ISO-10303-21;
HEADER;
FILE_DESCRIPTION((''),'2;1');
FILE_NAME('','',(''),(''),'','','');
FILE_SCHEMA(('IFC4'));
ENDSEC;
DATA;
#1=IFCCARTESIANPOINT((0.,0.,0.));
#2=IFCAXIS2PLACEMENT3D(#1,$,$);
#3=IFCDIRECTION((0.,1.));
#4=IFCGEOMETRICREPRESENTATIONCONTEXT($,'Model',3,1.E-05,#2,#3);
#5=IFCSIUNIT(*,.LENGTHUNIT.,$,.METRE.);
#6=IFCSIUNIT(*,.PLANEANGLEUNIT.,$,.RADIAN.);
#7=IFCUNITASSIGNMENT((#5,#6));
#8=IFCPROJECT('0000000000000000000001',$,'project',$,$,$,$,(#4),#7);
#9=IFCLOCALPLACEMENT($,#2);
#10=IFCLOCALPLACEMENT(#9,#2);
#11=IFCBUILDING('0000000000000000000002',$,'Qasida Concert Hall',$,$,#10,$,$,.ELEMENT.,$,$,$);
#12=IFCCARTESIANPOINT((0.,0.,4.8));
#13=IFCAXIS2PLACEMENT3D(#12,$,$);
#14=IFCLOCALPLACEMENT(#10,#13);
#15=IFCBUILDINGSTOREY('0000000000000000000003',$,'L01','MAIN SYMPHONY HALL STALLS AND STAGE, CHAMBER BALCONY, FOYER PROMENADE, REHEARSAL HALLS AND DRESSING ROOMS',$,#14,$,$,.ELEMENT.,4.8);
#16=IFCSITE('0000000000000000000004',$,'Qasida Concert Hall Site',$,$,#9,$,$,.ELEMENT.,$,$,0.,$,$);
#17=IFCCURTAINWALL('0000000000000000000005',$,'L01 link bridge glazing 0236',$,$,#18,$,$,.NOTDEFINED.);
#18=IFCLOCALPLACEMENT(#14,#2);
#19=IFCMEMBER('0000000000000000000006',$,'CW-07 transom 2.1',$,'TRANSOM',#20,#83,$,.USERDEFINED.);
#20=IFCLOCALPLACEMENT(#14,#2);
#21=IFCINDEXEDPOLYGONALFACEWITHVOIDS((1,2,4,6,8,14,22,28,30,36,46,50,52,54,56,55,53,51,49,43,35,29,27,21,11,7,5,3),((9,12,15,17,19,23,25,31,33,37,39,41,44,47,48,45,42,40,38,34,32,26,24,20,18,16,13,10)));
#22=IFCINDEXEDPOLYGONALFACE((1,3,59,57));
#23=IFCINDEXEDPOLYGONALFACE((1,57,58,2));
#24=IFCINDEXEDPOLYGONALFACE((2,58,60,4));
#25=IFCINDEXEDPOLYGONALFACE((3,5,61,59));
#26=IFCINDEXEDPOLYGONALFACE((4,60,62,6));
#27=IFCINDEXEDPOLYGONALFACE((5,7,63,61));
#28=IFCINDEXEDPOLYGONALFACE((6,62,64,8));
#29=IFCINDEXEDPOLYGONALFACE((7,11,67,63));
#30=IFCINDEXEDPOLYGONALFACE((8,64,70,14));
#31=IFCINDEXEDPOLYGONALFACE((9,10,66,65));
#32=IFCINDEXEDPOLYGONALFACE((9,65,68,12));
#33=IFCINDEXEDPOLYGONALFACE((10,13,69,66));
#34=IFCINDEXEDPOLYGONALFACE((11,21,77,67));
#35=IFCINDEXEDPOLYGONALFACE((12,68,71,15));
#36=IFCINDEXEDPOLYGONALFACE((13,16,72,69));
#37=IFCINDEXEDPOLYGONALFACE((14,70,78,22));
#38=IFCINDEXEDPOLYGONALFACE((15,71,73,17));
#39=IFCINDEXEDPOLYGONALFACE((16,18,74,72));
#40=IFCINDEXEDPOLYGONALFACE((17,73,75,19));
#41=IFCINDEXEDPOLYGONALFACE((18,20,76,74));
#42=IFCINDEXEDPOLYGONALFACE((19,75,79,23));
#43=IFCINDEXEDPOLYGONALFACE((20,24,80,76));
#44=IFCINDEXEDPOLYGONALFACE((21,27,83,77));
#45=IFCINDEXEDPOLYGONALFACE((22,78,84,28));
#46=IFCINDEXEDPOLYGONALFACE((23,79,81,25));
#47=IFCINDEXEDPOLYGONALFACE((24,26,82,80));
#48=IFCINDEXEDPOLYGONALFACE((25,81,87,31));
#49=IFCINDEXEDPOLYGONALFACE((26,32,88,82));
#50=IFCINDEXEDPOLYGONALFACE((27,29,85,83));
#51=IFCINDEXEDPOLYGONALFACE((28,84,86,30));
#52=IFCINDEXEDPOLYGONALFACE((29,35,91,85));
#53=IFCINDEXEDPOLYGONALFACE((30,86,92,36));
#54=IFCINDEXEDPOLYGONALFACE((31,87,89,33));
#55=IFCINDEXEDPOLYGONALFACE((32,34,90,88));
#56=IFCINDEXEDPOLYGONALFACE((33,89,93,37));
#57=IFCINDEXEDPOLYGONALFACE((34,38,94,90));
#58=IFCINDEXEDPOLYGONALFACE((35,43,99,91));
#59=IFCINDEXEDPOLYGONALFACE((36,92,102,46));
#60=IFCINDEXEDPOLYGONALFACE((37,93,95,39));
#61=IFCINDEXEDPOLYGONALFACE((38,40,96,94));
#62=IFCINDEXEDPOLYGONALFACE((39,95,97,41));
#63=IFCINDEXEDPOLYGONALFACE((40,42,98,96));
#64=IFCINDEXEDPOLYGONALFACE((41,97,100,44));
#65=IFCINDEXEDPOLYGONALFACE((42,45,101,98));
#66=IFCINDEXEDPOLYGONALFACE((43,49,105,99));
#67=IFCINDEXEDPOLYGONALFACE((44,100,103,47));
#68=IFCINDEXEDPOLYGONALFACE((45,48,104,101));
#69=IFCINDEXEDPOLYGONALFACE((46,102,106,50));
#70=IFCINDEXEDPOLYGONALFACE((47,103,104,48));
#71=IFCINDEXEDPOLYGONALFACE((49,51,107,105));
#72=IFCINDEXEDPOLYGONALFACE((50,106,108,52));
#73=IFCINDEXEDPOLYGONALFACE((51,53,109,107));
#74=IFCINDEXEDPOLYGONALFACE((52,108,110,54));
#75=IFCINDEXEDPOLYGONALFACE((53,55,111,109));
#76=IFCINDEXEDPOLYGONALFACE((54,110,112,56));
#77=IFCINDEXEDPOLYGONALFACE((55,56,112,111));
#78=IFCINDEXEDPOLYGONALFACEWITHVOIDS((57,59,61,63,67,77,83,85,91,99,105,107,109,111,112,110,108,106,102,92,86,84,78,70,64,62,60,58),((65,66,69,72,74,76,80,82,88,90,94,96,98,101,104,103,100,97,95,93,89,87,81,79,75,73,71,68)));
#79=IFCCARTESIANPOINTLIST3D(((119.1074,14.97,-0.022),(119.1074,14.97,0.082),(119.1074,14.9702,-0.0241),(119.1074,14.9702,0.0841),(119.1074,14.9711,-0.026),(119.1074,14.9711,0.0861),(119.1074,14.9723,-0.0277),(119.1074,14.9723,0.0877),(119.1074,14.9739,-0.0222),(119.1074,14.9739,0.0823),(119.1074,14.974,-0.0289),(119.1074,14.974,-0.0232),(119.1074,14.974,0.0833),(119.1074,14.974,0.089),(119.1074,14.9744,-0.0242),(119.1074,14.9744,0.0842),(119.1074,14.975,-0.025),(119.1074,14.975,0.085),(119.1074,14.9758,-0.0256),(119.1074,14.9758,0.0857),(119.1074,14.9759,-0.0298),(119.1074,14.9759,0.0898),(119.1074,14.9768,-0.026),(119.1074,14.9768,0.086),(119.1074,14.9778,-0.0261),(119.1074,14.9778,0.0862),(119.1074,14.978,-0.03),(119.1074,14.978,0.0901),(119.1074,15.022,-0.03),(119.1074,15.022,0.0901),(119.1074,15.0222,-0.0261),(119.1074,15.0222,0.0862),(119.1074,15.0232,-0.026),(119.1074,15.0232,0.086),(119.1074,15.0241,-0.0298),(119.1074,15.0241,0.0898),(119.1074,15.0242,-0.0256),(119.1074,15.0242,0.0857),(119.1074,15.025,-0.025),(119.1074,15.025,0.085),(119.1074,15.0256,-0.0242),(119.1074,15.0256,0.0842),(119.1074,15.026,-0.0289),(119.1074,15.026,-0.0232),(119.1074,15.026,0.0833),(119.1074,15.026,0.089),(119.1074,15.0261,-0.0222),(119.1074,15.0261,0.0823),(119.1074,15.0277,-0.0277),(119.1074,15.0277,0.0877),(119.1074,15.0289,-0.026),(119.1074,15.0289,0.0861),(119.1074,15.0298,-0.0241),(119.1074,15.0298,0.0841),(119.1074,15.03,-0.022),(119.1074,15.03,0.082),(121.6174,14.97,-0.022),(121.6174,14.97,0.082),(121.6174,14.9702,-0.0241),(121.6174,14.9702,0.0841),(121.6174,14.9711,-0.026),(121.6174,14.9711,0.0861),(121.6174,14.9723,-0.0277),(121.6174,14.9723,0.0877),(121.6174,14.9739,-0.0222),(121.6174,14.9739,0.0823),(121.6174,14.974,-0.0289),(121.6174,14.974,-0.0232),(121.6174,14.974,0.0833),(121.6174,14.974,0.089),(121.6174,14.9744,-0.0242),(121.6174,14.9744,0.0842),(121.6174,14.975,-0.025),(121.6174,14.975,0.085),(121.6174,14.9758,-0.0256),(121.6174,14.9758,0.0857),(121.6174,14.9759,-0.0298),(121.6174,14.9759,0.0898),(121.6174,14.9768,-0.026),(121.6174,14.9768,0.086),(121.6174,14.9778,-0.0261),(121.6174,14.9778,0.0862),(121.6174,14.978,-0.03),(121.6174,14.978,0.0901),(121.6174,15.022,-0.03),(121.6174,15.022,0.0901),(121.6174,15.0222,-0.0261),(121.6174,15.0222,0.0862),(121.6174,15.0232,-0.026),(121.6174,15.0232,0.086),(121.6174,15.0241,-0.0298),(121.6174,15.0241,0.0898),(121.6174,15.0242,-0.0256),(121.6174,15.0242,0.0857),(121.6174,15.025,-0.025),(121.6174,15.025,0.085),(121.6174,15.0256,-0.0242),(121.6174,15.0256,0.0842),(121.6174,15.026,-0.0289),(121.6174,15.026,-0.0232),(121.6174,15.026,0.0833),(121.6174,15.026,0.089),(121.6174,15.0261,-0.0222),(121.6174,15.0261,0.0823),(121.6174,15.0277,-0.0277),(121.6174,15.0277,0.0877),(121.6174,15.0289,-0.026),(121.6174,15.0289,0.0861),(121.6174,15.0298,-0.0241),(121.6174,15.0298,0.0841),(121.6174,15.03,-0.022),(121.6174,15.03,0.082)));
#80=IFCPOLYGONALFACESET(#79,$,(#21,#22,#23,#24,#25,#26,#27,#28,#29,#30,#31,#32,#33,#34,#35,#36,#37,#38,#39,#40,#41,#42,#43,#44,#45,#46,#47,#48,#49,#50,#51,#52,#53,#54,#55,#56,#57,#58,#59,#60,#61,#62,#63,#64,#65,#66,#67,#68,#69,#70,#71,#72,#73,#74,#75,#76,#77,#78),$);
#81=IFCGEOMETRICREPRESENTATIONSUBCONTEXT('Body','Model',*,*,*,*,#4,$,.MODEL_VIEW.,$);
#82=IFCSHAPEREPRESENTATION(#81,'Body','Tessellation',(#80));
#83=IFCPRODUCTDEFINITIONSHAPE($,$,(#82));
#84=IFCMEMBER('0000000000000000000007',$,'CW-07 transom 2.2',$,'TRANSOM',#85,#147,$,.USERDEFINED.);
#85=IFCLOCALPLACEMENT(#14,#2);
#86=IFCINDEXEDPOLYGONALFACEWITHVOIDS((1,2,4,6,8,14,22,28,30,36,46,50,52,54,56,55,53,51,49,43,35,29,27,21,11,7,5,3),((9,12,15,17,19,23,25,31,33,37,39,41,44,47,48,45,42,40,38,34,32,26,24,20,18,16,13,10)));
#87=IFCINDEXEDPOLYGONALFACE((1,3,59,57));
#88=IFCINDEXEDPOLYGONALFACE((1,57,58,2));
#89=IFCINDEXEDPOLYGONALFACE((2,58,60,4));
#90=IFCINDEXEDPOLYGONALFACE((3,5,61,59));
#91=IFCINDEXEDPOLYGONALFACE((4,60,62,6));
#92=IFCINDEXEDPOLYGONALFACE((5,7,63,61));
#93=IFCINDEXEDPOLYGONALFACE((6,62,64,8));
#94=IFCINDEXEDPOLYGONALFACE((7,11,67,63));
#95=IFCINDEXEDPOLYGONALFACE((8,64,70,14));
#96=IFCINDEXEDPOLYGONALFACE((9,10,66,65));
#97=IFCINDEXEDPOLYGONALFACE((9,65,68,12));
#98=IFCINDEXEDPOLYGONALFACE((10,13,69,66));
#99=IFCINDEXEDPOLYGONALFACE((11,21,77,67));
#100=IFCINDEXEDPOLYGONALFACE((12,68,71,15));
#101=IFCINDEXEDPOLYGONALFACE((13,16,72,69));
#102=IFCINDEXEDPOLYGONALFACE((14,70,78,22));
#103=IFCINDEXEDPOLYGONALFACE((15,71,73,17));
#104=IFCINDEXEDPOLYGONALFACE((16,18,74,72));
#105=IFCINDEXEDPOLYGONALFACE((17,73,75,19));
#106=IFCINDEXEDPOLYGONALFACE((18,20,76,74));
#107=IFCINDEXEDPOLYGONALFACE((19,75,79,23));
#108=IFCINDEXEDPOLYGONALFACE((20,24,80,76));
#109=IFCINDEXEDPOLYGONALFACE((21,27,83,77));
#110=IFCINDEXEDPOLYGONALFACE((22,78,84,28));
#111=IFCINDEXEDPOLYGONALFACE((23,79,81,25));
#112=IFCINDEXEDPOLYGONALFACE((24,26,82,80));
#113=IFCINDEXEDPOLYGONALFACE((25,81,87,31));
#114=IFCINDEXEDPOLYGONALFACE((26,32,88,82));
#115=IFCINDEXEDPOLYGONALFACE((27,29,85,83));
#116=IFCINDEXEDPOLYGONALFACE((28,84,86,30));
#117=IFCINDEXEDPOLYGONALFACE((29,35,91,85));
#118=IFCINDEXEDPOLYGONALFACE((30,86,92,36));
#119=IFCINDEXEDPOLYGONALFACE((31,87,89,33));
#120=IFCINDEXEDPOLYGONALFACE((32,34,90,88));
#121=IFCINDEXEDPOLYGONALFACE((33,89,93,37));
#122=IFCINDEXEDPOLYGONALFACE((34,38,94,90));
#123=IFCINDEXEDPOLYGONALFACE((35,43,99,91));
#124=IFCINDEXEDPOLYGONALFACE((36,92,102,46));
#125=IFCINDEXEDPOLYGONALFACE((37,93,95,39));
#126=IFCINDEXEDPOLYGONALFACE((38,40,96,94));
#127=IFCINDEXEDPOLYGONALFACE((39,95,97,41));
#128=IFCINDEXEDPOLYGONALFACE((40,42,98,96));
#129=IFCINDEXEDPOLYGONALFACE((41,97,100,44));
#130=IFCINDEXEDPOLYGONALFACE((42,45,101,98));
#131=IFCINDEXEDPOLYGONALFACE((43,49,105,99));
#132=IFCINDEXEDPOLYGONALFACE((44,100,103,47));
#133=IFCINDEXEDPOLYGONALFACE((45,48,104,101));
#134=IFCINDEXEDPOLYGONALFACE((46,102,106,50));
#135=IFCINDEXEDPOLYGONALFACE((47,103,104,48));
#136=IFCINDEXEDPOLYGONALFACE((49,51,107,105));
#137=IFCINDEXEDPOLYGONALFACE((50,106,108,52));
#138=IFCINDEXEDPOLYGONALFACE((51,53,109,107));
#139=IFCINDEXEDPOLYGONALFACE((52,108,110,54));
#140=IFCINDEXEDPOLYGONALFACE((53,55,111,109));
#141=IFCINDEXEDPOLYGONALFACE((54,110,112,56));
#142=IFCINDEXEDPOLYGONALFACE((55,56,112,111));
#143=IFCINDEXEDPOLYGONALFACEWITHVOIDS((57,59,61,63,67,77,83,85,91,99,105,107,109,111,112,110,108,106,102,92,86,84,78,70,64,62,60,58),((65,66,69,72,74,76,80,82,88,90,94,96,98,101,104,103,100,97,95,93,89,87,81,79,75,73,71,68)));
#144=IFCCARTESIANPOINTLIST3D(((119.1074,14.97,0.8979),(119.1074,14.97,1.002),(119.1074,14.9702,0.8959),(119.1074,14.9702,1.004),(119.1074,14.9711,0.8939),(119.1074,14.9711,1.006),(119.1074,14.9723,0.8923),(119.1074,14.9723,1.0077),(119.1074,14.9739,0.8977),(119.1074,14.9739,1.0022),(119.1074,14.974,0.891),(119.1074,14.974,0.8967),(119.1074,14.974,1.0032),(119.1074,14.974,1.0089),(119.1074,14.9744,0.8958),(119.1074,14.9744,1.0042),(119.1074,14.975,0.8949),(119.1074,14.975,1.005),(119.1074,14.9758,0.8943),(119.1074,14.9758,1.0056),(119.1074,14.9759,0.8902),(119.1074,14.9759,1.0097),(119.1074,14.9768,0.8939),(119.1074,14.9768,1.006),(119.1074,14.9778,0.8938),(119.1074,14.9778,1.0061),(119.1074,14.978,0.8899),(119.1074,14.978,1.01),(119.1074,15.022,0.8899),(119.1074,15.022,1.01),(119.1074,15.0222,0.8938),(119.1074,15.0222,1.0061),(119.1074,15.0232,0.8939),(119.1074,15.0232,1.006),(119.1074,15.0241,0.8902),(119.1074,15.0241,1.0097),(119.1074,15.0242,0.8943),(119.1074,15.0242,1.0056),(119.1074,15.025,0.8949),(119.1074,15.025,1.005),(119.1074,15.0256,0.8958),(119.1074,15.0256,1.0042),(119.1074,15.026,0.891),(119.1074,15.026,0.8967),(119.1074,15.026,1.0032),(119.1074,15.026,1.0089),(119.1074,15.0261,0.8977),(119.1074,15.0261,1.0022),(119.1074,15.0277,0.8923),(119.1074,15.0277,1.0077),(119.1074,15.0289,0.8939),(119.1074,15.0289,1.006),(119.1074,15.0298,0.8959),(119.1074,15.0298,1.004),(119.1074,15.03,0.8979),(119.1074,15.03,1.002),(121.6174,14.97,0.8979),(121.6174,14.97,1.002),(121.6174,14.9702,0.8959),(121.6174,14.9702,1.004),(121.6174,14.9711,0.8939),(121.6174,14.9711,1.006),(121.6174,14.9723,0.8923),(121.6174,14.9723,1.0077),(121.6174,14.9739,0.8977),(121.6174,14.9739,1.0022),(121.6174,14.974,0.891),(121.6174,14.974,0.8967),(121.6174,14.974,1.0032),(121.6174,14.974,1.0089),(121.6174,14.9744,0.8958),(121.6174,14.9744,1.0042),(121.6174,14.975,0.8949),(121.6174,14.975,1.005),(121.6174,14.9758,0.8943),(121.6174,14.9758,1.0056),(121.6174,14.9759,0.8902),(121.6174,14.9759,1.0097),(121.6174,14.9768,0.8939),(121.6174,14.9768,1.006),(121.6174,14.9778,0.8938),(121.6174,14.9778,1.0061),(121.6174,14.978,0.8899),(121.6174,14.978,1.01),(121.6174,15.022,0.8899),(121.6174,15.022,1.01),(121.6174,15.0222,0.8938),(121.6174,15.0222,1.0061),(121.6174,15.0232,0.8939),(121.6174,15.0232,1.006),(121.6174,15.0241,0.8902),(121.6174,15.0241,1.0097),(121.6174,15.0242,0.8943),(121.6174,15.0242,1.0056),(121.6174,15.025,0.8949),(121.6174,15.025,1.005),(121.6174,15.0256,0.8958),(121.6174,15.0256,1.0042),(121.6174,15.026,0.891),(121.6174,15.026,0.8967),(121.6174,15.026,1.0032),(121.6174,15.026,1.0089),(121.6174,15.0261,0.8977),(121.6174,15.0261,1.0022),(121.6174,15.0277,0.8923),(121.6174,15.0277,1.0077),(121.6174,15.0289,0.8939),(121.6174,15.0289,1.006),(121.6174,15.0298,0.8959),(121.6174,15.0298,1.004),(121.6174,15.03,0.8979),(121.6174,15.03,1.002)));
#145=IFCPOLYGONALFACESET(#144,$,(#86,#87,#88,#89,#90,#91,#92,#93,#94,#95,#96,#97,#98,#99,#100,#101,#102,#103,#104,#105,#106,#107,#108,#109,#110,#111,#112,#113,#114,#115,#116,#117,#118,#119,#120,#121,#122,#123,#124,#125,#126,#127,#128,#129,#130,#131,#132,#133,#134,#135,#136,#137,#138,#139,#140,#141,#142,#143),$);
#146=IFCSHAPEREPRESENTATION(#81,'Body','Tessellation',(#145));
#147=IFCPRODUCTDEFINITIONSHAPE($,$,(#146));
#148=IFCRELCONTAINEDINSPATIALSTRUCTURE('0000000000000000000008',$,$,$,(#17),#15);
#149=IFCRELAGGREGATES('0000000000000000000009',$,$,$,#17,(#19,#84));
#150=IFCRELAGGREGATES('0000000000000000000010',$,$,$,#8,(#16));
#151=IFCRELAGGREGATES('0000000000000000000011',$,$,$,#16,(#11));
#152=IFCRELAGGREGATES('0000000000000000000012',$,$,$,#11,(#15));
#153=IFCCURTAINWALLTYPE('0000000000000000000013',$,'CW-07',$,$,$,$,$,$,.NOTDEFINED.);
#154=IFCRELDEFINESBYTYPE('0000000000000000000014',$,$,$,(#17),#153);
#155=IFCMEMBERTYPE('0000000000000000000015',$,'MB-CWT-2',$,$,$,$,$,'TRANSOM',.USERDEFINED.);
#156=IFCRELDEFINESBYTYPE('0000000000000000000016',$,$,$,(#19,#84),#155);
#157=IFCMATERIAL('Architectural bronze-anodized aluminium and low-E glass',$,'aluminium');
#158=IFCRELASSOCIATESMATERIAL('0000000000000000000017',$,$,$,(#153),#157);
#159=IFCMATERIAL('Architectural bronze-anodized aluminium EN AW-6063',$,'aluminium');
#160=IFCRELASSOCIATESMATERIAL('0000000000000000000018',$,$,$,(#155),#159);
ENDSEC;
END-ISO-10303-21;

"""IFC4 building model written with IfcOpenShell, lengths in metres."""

from ifc_helpers import new_model, si_unit, direction, frame, origin, origin_2d, place, context, subcontext, project, spatial, hollow_rectangle, extrude, material, material_profile, profile_set, type_object, element, aggregate, save


model = new_model("IFC4")

# Units and contexts
model_context = context("Model", 3, precision=1e-05, world=origin(), true_north=direction((0.0, 1.0)))
body_context = subcontext(model_context, "Body", "Model", "MODEL_VIEW")
ifc_project = project(units=[si_unit("LENGTHUNIT", "METRE"), si_unit("PLANEANGLEUNIT", "RADIAN")], contexts=[model_context])

# Site, building, storey
site_placement = place(None, origin())
site = spatial("IfcSite", under=ifc_project, at=site_placement, Name="Qasida Concert Hall Site", CompositionType="ELEMENT", RefElevation=0.0)
building_placement = place(site_placement, origin())
building = spatial("IfcBuilding", under=site, at=building_placement, Name="Qasida Concert Hall", CompositionType="ELEMENT")
storey_placement = place(building_placement, frame((0.0, 0.0, 4.8)))
storey = spatial("IfcBuildingStorey", under=building, at=storey_placement, Name="L01", Description="MAIN SYMPHONY HALL STALLS AND STAGE, CHAMBER BALCONY, FOYER PROMENADE, REHEARSAL HALLS AND DRESSING ROOMS", CompositionType="ELEMENT", Elevation=4.8)

# Curtain wall
ifc_material_1 = material(Name="Architectural bronze-anodized aluminium and low-E glass", Category="aluminium")
curtain_wall_type = type_object("IfcCurtainWallType", Name="CW-07", PredefinedType="NOTDEFINED", material=ifc_material_1)
curtain_wall_1_placement = place(storey_placement, origin())
curtain_wall_1 = element("IfcCurtainWall", 1, at=curtain_wall_1_placement, inside=storey, type_object=curtain_wall_type, Name="L01 link bridge glazing 0236", PredefinedType="NOTDEFINED")
ifc_material_2 = material(Name="Architectural bronze-anodized aluminium EN AW-6063", Category="aluminium")

# Members
ifc_material_profile_1 = material_profile(ifc_material_2, hollow_rectangle(XDim=0.0601, YDim=0.1201, WallThickness=0.0039, InnerFilletRadius=0.0039, OuterFilletRadius=0.0081, at=origin_2d()), Name="CWT 120x60x4")
ifc_profile_set_1 = profile_set([ifc_material_profile_1], Name="Architectural bronze-anodized aluminium EN AW-6063")
member_type_1 = type_object("IfcMemberType", Name="MB-CWT-2", ElementType="TRANSOM", PredefinedType="USERDEFINED", material=ifc_profile_set_1)
member_1_placement = place(storey_placement, frame((119.1074, 15.0, 0.03), z_axis=(1.0, 0.0, 0.0), x_axis=(0.0, 1.0, 0.0)))
member_1 = element("IfcMember", 2, at=member_1_placement, type_object=member_type_1, Name="CW-07 transom 2.1", ObjectType="TRANSOM", PredefinedType="USERDEFINED", context=body_context, shape_type="SweptSolid", body=[
    extrude(hollow_rectangle(XDim=0.0601, YDim=0.1201, WallThickness=0.0039, InnerFilletRadius=0.0039, OuterFilletRadius=0.0081, at=origin_2d()), origin(), (0.0, 0.0, 1.0), 2.51),
])
member_2_placement = place(storey_placement, frame((119.1074, 15.0, 0.95), z_axis=(1.0, 0.0, 0.0), x_axis=(0.0, 1.0, 0.0)))
member_2 = element("IfcMember", 3, at=member_2_placement, type_object=member_type_1, Name="CW-07 transom 2.2", ObjectType="TRANSOM", PredefinedType="USERDEFINED", context=body_context, shape_type="SweptSolid", body=[
    extrude(hollow_rectangle(XDim=0.0601, YDim=0.1201, WallThickness=0.0039, InnerFilletRadius=0.0039, OuterFilletRadius=0.0081, at=origin_2d()), origin(), (0.0, 0.0, 1.0), 2.51),
])

aggregate(curtain_wall_1, [member_1, member_2])

save(model, "model.ifc")
